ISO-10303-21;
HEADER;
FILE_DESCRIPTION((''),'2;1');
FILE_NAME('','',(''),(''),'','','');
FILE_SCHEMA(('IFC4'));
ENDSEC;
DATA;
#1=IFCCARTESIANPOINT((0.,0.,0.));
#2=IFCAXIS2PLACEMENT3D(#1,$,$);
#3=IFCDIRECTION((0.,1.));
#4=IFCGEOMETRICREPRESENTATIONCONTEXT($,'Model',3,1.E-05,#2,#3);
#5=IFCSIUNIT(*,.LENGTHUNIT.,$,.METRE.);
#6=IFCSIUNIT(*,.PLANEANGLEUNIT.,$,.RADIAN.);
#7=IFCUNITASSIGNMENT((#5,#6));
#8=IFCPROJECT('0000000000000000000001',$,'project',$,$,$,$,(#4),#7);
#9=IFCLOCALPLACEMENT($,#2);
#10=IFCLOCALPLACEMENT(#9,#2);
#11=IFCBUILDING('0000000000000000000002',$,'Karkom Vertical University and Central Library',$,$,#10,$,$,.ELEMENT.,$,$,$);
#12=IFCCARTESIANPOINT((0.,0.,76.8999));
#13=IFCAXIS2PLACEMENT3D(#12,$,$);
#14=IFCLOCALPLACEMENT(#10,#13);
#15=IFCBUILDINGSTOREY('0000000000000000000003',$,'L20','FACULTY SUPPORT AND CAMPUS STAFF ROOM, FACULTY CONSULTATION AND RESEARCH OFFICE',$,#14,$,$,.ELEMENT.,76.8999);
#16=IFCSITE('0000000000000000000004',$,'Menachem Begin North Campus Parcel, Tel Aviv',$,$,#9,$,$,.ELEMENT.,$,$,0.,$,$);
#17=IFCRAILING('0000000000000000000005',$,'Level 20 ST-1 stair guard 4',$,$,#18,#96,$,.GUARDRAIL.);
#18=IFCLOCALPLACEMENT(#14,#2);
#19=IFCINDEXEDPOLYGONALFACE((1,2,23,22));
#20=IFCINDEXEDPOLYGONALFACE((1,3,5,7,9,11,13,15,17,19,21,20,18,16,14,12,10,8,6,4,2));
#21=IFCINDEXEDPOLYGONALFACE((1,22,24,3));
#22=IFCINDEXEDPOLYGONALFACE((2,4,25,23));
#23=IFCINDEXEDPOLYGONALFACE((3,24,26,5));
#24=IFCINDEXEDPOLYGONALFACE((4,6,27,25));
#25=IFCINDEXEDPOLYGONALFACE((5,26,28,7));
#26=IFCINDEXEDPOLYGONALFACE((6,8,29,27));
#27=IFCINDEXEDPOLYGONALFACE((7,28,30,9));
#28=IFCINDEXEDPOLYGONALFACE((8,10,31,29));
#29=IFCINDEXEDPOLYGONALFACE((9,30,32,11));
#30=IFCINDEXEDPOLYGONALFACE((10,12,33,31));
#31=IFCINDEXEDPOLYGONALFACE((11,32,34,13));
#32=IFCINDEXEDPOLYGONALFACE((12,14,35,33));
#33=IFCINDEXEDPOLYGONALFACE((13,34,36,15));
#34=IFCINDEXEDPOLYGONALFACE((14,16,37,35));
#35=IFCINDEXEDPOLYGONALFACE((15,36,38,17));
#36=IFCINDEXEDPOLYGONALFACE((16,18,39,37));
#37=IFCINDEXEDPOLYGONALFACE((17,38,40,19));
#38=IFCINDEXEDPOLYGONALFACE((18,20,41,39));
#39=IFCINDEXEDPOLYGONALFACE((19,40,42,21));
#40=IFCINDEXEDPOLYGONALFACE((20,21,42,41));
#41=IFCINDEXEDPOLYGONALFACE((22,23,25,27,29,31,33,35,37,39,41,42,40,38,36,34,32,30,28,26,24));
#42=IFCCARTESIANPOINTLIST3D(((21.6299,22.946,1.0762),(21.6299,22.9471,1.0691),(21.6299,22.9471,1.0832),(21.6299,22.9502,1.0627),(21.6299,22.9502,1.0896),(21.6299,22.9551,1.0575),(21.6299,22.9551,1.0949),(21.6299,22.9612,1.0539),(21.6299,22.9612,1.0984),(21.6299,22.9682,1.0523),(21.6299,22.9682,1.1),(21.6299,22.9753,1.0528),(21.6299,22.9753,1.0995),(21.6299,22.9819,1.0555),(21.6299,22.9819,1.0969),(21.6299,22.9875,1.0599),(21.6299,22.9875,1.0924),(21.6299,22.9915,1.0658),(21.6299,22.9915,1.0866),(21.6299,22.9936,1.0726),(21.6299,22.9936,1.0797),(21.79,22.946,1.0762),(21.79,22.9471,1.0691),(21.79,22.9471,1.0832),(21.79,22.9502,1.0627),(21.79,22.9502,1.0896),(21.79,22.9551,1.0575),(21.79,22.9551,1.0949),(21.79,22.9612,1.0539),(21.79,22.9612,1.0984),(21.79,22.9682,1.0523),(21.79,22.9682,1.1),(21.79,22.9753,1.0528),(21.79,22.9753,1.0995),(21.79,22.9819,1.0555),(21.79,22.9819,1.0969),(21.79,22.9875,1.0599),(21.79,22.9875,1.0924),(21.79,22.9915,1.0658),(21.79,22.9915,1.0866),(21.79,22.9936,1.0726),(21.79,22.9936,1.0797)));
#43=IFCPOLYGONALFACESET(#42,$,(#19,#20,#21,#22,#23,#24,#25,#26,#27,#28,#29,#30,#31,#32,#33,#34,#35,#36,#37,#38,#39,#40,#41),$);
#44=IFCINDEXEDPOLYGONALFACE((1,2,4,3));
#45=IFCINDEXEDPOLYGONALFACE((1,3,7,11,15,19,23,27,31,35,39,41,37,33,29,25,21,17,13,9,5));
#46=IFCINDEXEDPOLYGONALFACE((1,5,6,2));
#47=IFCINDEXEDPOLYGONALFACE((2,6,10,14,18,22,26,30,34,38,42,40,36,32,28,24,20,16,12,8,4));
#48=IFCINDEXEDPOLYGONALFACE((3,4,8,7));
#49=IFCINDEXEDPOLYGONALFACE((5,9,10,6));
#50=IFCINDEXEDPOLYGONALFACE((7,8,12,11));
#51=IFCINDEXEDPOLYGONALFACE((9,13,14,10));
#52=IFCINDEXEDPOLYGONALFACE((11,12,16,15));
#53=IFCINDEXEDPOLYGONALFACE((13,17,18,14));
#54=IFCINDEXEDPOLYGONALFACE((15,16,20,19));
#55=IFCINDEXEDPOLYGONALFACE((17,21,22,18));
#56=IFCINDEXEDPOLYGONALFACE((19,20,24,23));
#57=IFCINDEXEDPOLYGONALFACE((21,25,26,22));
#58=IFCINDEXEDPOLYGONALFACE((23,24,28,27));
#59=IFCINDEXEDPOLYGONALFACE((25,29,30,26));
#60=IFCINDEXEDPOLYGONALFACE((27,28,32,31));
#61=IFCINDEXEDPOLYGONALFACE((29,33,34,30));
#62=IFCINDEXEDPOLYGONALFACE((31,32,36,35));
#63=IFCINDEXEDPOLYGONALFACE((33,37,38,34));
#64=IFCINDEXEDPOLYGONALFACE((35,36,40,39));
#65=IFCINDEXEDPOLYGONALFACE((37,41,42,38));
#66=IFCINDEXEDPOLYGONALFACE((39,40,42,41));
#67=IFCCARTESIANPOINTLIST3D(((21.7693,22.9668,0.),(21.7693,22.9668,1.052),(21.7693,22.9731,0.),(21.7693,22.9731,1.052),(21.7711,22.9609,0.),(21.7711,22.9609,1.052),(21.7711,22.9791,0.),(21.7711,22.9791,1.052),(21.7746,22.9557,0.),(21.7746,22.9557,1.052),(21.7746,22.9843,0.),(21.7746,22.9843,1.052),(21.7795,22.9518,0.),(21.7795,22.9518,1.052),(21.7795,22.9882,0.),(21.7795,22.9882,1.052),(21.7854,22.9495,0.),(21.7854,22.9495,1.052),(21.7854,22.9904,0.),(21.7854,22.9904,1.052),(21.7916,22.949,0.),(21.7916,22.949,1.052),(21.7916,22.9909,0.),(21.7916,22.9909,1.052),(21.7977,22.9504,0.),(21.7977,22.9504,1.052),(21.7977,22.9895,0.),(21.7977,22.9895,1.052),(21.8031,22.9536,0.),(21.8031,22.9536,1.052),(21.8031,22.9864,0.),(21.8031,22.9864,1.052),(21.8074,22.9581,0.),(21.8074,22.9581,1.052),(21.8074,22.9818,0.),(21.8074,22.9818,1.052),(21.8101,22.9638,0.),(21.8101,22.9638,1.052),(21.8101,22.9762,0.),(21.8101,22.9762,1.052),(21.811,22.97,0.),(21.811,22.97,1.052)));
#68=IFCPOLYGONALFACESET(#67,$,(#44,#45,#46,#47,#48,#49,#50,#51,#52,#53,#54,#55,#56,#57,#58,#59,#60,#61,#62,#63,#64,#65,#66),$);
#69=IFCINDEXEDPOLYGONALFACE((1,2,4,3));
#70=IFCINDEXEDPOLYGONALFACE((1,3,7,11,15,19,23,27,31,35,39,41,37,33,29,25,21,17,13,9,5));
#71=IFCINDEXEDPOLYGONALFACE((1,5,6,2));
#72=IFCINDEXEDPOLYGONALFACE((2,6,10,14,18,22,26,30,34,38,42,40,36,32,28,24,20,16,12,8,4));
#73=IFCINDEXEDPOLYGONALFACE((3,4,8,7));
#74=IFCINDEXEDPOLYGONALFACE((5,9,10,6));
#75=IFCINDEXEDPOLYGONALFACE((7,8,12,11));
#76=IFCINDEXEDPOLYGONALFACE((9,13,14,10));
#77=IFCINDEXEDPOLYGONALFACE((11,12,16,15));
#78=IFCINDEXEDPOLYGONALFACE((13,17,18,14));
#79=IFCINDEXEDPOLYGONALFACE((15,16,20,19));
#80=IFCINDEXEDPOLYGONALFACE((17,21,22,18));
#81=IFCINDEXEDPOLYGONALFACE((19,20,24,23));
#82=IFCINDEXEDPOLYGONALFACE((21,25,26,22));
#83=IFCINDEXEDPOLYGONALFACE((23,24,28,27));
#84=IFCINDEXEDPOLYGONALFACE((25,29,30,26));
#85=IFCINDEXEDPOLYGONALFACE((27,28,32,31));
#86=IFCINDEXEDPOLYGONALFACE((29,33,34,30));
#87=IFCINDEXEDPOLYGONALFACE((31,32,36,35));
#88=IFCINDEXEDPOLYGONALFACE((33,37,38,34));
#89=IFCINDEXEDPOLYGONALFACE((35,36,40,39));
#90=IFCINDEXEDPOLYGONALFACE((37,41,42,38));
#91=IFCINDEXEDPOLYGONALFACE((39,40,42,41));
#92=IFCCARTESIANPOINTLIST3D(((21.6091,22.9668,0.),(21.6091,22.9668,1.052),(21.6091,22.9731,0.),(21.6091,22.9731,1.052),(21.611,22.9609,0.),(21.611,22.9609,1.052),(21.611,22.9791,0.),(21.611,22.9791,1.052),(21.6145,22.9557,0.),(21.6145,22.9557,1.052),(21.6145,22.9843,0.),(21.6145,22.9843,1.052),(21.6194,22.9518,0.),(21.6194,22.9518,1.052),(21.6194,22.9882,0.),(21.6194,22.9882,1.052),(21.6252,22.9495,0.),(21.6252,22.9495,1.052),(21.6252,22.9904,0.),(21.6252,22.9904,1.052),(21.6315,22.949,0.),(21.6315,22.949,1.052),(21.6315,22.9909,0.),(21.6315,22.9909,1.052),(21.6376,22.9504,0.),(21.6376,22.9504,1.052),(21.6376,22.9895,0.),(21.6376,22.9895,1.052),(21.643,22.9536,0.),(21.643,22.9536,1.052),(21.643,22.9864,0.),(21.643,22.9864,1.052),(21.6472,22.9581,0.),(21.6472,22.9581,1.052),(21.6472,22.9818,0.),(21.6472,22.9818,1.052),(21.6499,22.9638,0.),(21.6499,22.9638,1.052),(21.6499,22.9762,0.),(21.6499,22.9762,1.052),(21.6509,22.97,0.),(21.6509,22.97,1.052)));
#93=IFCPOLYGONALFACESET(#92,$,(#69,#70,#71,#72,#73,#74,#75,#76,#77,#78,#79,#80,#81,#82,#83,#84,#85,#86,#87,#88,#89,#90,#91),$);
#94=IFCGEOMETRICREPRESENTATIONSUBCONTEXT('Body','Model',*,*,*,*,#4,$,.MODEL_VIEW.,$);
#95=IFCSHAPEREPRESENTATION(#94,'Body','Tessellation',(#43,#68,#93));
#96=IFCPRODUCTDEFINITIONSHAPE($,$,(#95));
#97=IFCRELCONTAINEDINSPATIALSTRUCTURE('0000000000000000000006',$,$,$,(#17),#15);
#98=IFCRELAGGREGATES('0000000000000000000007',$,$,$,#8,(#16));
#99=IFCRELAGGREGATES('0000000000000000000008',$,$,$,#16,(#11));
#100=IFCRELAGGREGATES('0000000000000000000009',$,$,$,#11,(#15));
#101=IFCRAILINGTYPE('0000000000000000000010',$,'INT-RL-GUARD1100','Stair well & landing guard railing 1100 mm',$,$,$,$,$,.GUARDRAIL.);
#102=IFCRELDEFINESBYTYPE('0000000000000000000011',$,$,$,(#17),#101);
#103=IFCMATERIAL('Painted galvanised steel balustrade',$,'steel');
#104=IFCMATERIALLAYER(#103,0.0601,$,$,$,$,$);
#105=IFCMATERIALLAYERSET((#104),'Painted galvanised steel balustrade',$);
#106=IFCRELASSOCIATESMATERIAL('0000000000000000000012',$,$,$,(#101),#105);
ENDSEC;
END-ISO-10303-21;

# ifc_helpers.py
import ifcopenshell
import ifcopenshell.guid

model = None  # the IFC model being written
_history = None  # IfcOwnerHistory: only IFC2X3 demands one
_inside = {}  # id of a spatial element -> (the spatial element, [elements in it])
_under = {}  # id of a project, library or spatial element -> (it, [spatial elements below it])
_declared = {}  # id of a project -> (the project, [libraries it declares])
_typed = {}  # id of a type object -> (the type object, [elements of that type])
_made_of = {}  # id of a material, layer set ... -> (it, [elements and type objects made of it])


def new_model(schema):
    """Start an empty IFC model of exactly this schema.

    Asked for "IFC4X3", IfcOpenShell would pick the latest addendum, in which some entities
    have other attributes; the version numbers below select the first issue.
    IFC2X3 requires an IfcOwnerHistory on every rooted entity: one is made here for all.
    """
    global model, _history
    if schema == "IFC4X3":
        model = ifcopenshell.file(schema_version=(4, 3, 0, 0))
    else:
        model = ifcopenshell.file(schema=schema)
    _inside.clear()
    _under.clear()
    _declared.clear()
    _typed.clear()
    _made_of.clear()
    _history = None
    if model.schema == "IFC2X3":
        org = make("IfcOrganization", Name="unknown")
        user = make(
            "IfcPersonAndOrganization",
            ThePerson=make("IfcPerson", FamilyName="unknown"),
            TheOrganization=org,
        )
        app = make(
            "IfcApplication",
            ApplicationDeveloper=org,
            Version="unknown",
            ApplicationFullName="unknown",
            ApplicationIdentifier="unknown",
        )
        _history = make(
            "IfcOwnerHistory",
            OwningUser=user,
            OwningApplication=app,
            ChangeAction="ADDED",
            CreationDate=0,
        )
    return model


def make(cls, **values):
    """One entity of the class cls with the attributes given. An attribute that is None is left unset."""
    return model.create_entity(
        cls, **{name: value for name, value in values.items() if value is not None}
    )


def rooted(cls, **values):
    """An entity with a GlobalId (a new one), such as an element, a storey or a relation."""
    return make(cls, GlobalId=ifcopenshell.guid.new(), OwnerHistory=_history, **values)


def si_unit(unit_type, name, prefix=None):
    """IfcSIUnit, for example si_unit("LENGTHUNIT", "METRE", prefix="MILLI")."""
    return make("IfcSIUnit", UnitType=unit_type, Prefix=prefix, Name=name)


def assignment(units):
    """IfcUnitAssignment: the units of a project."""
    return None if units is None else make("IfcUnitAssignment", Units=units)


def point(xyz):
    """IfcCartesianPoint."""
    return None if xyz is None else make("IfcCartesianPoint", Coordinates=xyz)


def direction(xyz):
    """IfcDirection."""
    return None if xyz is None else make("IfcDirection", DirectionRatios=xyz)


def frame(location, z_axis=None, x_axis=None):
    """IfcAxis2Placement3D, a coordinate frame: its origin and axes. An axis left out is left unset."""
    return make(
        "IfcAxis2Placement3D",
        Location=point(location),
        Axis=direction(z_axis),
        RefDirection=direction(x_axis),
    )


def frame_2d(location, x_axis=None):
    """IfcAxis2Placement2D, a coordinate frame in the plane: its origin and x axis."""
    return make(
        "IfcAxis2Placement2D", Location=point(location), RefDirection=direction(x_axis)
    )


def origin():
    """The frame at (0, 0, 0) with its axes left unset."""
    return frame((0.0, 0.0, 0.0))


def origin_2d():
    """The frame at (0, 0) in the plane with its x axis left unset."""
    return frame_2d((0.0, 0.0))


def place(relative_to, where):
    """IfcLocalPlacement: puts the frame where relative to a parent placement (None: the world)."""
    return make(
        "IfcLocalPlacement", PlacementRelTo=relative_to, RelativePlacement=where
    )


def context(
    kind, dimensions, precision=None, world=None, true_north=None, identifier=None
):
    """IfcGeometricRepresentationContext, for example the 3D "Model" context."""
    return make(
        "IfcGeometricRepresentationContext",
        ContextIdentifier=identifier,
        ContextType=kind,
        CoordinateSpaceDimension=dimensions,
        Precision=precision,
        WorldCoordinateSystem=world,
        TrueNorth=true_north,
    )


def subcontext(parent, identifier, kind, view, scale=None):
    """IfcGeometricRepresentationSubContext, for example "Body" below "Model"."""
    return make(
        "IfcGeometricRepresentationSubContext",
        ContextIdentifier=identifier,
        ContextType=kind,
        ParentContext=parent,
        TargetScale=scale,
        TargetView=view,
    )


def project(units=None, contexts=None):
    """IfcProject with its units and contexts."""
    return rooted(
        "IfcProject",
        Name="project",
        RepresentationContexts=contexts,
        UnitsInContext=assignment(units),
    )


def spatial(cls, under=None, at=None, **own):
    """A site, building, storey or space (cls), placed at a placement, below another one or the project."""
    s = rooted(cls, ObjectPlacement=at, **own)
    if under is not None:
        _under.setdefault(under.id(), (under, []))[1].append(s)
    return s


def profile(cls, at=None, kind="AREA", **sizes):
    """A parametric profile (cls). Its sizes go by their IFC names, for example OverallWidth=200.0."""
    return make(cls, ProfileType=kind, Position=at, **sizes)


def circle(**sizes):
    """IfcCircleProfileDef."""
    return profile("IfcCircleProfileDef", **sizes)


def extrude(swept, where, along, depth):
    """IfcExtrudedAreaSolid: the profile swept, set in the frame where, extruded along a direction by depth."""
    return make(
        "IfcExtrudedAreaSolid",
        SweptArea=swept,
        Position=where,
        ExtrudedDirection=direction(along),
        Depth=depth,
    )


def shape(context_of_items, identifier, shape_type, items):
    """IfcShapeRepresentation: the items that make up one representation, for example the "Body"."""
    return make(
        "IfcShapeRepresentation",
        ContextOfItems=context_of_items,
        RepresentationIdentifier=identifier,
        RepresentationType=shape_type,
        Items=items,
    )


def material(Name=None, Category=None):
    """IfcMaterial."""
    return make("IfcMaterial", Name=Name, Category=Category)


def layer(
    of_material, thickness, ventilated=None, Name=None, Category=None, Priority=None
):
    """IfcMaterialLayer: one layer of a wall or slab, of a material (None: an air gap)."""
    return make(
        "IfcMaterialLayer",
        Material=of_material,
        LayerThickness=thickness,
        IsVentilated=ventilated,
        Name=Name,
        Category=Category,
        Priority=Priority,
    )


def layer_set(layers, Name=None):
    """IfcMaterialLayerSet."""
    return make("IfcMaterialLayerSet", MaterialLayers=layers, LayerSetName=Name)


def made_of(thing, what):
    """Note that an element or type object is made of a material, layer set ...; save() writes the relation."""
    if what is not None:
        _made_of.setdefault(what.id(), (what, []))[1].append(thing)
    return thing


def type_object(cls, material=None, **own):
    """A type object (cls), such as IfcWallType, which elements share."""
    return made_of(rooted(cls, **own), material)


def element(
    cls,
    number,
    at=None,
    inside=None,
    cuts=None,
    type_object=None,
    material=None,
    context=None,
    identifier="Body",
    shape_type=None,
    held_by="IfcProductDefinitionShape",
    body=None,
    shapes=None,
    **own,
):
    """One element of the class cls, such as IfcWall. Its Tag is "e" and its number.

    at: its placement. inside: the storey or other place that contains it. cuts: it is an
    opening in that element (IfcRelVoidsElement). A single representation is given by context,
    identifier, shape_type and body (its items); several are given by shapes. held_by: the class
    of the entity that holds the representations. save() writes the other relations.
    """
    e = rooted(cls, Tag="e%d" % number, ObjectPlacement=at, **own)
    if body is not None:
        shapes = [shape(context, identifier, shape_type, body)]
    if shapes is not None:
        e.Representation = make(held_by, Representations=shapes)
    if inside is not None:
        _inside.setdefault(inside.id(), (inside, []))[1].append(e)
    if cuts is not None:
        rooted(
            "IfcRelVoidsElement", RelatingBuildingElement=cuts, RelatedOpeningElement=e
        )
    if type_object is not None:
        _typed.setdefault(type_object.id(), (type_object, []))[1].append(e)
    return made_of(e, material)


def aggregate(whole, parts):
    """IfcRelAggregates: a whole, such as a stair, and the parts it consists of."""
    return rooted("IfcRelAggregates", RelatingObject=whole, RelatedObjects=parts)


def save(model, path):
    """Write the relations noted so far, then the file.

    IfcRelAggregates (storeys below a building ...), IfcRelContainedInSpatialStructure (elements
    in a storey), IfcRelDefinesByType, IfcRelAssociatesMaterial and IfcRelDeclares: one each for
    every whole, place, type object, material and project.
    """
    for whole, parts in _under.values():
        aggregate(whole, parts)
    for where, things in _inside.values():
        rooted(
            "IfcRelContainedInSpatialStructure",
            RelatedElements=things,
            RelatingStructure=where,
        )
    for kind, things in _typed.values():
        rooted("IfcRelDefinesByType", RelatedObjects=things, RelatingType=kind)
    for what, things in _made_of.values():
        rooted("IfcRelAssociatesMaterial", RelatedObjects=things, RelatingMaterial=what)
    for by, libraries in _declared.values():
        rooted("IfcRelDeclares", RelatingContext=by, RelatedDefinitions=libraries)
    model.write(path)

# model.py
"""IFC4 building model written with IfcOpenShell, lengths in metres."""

from ifc_helpers import new_model, si_unit, direction, frame, origin, origin_2d, place, context, subcontext, project, spatial, circle, extrude, material, layer, layer_set, type_object, element, save


model = new_model("IFC4")

# Units and contexts
model_context = context("Model", 3, precision=1e-05, world=origin(), true_north=direction((0.0, 1.0)))
body_context = subcontext(model_context, "Body", "Model", "MODEL_VIEW")
ifc_project = project(units=[si_unit("LENGTHUNIT", "METRE"), si_unit("PLANEANGLEUNIT", "RADIAN")], contexts=[model_context])

# Site, building, storey
site_placement = place(None, origin())
site = spatial("IfcSite", under=ifc_project, at=site_placement, Name="Menachem Begin North Campus Parcel, Tel Aviv", CompositionType="ELEMENT", RefElevation=0.0)
building_placement = place(site_placement, origin())
building = spatial("IfcBuilding", under=site, at=building_placement, Name="Karkom Vertical University and Central Library", CompositionType="ELEMENT")
storey_placement = place(building_placement, frame((0.0, 0.0, 76.8999)))
storey = spatial("IfcBuildingStorey", under=building, at=storey_placement, Name="L20", Description="FACULTY SUPPORT AND CAMPUS STAFF ROOM, FACULTY CONSULTATION AND RESEARCH OFFICE", CompositionType="ELEMENT", Elevation=76.8999)

# Railing
ifc_material_1 = material(Name="Painted galvanised steel balustrade", Category="steel")
ifc_layer_1 = layer(ifc_material_1, 0.0601)
ifc_layer_set_1 = layer_set([ifc_layer_1], Name="Painted galvanised steel balustrade")
railing_type_1 = type_object("IfcRailingType", Name="INT-RL-GUARD1100", Description="Stair well & landing guard railing 1100 mm", PredefinedType="GUARDRAIL", material=ifc_layer_set_1)
railing_1_placement = place(storey_placement, frame((21.79, 22.97, 0.0)))
element("IfcRailing", 1, at=railing_1_placement, inside=storey, type_object=railing_type_1, Name="Level 20 ST-1 stair guard 4", PredefinedType="GUARDRAIL", context=body_context, shape_type="SweptSolid", body=[
    extrude(circle(Radius=0.0239, at=origin_2d()), frame((0.0, 0.0, 1.0762), z_axis=(-1.0, 0.0, 0.0), x_axis=(0.0, -1.0, 0.0)), (0.0, 0.0, 1.0), 0.1602),
    extrude(circle(Radius=0.021, at=origin_2d()), origin(), (0.0, 0.0, 1.0), 1.052),
    extrude(circle(Radius=0.021, at=origin_2d()), frame((-0.1602, 0.0, 0.0)), (0.0, 0.0, 1.0), 1.052),
])

save(model, "model.ifc")
